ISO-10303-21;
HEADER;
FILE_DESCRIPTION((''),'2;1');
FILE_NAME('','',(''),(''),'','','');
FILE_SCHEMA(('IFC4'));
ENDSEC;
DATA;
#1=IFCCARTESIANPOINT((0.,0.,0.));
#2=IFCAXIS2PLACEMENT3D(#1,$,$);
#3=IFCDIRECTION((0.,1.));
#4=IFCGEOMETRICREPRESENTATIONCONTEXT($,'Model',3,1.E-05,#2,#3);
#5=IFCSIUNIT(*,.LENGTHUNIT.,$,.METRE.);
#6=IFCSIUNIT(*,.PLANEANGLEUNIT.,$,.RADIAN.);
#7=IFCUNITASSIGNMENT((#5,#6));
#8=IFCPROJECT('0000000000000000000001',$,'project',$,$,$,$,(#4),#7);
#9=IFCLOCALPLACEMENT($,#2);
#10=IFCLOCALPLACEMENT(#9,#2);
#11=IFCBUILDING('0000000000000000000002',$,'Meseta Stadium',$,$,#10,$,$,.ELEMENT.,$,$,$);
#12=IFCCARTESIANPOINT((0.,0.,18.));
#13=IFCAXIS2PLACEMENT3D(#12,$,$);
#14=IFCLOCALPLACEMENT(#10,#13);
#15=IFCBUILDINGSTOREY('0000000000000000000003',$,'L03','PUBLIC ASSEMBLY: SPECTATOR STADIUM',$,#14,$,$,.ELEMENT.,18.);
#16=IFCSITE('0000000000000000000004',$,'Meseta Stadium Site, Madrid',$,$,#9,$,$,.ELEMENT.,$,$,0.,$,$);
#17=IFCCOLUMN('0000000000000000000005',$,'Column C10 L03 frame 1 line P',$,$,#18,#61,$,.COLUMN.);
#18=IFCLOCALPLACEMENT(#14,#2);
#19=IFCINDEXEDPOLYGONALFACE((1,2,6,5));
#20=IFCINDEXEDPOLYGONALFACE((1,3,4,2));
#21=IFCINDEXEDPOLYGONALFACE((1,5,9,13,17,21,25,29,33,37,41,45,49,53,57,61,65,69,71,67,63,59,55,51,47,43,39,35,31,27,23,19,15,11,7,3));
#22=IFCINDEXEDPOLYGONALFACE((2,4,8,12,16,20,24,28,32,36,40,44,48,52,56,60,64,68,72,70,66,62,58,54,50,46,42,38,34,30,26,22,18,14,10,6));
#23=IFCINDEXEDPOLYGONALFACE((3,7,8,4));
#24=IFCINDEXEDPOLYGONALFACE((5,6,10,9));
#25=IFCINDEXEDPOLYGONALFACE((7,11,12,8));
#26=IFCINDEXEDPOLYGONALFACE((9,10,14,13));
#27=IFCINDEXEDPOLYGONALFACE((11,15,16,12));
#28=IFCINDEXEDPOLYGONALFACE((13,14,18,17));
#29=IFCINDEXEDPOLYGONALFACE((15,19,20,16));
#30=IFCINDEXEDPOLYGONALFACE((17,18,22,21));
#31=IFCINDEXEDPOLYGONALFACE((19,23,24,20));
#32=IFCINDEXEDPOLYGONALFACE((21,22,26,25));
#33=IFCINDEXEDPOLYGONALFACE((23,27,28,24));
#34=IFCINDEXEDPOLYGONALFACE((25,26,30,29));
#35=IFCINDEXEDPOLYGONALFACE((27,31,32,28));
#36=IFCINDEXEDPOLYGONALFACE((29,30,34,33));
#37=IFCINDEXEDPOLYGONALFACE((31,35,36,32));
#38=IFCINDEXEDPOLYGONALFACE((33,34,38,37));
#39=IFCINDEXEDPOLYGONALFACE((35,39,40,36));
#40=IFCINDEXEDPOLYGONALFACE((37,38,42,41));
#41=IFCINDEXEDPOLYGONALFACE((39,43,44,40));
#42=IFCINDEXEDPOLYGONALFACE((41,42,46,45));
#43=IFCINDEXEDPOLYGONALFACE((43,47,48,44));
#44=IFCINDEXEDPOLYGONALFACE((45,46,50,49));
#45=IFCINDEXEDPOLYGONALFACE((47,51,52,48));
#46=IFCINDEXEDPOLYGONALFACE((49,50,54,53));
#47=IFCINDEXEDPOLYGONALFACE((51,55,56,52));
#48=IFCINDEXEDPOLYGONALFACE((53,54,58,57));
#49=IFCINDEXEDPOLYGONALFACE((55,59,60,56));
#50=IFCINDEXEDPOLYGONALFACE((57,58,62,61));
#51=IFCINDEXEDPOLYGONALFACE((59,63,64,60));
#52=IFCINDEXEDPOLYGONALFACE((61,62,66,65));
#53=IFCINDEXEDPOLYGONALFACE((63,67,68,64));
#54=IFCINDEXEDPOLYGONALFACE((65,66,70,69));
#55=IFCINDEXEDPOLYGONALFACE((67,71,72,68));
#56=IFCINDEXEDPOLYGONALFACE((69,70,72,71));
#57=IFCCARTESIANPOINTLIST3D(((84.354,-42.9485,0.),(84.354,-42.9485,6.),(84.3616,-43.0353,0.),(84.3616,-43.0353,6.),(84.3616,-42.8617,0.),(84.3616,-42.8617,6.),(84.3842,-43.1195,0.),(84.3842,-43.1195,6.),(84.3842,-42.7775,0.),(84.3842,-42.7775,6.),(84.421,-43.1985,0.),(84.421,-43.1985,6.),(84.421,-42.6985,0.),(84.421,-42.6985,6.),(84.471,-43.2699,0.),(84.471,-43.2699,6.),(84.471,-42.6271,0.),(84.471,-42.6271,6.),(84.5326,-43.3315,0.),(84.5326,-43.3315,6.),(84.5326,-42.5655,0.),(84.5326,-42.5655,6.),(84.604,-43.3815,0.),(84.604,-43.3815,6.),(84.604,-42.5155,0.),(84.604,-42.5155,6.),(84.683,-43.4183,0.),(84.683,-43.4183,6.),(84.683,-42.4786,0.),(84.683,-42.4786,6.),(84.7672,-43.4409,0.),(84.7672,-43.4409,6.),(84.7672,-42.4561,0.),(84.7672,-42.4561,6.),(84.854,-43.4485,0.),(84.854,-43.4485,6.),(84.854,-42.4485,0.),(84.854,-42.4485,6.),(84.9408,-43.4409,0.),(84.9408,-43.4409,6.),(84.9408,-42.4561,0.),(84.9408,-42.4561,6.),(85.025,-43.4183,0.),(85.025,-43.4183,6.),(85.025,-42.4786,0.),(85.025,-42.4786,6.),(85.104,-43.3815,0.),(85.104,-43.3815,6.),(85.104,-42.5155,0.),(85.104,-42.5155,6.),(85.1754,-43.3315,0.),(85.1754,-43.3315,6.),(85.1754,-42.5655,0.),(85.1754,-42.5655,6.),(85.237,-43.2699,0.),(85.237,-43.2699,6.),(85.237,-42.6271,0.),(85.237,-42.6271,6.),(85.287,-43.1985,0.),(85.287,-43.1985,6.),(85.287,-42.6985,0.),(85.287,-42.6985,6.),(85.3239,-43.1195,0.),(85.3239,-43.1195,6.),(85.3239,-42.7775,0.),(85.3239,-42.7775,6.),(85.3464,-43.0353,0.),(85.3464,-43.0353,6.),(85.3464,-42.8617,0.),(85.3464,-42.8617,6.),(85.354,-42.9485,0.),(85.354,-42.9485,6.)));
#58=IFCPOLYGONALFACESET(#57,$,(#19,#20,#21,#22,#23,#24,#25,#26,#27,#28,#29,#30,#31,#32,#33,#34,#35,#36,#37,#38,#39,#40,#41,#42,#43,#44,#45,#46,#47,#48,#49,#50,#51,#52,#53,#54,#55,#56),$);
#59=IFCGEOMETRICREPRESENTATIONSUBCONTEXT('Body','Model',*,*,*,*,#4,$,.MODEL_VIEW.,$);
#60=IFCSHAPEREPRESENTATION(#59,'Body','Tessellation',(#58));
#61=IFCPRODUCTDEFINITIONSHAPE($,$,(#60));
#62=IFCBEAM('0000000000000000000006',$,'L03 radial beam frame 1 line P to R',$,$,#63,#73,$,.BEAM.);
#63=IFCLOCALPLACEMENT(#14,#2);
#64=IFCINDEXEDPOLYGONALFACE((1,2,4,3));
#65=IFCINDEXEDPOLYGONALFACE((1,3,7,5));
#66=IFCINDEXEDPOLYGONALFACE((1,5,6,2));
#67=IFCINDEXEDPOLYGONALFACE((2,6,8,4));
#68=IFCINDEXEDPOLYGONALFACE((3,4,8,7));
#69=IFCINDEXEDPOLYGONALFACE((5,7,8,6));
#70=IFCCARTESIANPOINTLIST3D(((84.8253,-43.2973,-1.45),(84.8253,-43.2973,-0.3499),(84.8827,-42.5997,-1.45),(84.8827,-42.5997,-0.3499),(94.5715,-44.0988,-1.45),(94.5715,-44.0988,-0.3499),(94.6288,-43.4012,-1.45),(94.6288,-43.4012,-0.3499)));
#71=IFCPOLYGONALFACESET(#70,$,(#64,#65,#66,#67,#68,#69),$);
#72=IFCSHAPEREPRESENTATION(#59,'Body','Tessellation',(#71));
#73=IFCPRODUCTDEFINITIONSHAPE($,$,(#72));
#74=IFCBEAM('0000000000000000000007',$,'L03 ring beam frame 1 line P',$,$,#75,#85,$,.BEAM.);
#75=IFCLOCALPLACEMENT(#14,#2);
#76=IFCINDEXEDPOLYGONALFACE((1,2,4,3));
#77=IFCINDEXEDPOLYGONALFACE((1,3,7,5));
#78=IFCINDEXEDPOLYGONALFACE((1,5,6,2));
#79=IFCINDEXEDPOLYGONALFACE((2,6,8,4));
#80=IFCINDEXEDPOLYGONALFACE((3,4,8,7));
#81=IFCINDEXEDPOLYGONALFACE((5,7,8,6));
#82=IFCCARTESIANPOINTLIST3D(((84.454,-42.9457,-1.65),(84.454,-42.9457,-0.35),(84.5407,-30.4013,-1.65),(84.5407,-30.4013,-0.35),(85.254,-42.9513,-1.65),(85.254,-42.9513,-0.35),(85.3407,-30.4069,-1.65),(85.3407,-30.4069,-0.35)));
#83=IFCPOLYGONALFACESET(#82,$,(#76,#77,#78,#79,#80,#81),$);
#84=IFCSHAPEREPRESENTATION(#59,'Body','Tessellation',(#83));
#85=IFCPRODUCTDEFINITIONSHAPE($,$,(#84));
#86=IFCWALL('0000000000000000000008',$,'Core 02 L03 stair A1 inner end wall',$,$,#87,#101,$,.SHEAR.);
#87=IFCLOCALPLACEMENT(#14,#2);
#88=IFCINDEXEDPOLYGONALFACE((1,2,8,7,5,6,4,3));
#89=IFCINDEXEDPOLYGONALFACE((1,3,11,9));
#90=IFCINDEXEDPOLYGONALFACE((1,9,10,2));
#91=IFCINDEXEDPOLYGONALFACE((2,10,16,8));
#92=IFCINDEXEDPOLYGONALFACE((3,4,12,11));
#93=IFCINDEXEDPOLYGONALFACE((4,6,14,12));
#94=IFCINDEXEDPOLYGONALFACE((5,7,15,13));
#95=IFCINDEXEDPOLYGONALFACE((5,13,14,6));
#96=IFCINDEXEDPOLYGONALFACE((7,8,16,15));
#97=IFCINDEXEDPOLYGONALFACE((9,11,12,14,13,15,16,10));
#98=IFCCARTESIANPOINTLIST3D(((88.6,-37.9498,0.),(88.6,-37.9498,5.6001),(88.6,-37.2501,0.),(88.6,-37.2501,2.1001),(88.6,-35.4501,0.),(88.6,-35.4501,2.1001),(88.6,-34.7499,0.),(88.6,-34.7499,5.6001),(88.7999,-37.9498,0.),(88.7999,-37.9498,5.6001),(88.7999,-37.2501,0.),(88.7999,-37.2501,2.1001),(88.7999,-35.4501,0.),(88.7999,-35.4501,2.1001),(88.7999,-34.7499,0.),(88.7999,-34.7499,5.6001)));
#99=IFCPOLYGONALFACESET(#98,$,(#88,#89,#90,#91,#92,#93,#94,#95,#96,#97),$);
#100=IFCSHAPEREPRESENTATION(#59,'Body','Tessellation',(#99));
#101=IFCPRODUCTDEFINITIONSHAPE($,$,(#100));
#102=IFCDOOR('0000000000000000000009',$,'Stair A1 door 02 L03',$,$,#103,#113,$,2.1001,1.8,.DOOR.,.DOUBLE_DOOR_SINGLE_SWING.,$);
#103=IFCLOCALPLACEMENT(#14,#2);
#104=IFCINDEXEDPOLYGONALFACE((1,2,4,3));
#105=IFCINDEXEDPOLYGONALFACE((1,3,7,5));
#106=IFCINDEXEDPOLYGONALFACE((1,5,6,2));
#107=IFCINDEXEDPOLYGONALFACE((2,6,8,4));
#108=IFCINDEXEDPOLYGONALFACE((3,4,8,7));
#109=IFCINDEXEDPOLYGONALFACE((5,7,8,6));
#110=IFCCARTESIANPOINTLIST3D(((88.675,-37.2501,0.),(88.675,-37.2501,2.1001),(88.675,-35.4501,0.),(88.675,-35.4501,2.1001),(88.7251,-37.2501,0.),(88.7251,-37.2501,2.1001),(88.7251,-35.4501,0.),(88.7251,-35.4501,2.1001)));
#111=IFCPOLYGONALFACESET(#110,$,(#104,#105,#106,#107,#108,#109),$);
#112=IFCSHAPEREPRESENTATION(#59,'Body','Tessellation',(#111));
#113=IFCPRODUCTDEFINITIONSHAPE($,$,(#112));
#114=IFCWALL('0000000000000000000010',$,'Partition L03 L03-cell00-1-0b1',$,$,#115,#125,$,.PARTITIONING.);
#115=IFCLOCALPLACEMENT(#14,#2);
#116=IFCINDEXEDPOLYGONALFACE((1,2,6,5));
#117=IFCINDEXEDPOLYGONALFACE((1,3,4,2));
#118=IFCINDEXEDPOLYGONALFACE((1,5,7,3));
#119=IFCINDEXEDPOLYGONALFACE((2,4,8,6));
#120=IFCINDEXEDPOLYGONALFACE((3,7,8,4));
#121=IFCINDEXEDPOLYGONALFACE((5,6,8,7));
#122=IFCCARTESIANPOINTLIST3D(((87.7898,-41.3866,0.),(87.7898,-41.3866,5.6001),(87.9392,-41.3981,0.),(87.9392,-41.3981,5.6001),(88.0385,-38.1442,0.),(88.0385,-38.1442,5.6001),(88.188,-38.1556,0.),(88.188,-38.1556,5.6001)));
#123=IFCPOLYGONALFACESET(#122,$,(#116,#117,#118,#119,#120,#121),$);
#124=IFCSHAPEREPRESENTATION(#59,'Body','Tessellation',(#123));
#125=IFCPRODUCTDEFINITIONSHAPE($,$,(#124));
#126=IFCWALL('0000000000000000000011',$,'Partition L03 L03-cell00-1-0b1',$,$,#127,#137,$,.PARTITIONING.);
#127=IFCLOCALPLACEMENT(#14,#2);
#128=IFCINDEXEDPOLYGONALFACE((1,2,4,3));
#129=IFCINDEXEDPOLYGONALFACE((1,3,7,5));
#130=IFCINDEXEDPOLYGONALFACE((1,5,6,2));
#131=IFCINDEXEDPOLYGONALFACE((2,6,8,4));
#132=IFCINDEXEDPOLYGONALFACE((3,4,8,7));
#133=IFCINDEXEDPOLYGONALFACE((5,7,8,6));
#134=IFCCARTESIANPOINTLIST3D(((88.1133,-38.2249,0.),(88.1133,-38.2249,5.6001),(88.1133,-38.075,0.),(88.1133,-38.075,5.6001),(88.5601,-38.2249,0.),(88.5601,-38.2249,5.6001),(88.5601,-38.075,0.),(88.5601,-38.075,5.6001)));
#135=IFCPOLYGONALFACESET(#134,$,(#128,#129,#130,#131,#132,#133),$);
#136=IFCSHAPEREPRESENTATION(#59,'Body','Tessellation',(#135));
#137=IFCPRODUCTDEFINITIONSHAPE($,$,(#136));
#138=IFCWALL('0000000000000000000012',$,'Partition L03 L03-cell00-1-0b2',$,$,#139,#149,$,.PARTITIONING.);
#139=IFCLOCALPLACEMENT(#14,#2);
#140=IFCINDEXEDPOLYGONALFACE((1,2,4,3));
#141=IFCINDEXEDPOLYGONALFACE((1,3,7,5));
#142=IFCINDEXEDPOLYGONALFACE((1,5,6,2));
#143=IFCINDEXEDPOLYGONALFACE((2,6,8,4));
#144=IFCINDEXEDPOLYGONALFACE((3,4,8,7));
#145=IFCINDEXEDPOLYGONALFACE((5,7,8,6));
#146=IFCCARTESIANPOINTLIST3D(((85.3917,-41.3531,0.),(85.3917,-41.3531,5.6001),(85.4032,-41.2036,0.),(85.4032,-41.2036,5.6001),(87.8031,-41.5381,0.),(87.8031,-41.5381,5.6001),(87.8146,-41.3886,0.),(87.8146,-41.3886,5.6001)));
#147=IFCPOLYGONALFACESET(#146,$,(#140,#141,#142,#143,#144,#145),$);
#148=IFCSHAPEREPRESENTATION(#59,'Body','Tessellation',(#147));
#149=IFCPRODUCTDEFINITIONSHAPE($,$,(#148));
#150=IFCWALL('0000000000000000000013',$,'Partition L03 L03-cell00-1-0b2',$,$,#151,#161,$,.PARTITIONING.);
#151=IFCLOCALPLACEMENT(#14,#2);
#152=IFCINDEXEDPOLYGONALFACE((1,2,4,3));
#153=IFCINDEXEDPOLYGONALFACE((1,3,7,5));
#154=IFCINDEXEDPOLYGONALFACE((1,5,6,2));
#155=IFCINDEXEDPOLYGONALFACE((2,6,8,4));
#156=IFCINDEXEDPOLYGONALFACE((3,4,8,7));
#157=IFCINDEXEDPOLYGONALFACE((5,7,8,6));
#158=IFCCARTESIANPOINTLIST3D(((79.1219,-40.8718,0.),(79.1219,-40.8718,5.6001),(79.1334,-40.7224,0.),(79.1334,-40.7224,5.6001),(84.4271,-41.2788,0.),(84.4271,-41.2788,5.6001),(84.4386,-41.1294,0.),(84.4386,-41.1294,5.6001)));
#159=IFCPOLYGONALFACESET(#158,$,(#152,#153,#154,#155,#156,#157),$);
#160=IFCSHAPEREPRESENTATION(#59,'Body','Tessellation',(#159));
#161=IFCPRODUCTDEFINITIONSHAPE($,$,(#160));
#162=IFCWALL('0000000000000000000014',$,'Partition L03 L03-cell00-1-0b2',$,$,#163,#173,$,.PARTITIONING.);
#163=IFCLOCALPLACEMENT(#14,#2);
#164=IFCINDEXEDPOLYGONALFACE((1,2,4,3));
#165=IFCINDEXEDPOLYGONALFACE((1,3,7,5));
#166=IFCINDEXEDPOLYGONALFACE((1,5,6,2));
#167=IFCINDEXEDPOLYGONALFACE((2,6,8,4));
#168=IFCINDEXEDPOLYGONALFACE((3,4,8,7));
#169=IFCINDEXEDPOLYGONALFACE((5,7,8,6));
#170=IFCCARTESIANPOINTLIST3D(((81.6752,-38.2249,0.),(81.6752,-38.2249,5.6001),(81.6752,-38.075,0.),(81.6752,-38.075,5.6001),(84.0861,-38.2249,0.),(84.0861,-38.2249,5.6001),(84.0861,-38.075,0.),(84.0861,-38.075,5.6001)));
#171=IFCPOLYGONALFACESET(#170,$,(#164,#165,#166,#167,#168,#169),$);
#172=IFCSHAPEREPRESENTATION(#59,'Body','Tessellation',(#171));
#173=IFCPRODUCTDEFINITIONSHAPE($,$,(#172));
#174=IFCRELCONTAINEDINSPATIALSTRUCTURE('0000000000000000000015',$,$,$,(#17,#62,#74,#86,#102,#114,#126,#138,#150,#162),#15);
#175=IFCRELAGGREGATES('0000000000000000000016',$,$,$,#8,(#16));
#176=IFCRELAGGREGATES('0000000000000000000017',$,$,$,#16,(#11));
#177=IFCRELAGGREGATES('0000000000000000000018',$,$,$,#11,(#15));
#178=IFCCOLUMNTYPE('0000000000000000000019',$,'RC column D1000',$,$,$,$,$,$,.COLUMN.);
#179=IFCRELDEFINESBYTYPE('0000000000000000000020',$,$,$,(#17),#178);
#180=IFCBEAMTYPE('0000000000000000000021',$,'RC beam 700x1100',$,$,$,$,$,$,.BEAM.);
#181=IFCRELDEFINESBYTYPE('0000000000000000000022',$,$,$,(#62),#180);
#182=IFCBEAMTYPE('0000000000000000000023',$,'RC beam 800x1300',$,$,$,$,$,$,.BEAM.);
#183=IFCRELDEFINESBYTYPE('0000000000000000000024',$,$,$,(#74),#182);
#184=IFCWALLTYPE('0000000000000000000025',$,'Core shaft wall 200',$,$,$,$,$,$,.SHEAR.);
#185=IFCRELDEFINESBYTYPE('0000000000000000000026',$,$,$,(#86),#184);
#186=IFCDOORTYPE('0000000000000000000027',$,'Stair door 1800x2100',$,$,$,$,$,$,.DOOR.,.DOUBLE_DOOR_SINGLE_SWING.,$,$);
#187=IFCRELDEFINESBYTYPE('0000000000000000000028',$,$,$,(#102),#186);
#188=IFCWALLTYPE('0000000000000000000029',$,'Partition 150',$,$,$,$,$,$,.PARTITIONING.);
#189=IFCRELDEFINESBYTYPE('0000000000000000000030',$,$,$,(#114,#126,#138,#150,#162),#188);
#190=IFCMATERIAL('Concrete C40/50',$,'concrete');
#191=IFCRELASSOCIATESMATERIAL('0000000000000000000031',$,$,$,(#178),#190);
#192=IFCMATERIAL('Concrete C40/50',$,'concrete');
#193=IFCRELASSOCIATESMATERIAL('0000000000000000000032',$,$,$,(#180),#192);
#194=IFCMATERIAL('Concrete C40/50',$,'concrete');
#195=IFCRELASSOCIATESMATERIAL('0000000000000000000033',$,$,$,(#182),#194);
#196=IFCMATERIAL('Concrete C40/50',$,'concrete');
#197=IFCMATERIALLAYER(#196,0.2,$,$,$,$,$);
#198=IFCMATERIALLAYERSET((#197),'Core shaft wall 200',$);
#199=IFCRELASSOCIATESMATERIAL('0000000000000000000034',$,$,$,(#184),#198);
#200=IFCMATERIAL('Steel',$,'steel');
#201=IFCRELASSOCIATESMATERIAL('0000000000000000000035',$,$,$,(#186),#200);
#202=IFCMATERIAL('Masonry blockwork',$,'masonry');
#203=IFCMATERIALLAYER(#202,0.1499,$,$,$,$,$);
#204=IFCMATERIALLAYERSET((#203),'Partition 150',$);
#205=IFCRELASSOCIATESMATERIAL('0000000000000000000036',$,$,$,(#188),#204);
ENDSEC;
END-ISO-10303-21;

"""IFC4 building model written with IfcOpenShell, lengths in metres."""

from ifc_helpers import new_model, si_unit, direction, frame, frame_2d, origin, origin_2d, place, context, subcontext, project, spatial, rectangle, circle, extrude, material, layer, layer_set, material_profile, profile_set, type_object, element, fill, save


model = new_model("IFC4")

# Units and contexts
model_context = context("Model", 3, precision=1e-05, world=origin(), true_north=direction((0.0, 1.0)))
body_context = subcontext(model_context, "Body", "Model", "MODEL_VIEW")
ifc_project = project(units=[si_unit("LENGTHUNIT", "METRE"), si_unit("PLANEANGLEUNIT", "RADIAN")], contexts=[model_context])

# Site, building, storey
site_placement = place(None, origin())
site = spatial("IfcSite", under=ifc_project, at=site_placement, Name="Meseta Stadium Site, Madrid", CompositionType="ELEMENT", RefElevation=0.0)
building_placement = place(site_placement, origin())
building = spatial("IfcBuilding", under=site, at=building_placement, Name="Meseta Stadium", CompositionType="ELEMENT")
storey_placement = place(building_placement, frame((0.0, 0.0, 18.0)))
storey = spatial("IfcBuildingStorey", under=building, at=storey_placement, Name="L03", Description="PUBLIC ASSEMBLY: SPECTATOR STADIUM", CompositionType="ELEMENT", Elevation=18.0)

# Column
ifc_material_1 = material(Name="Concrete C40/50", Category="concrete")
ifc_material_profile_1 = material_profile(ifc_material_1, circle(Radius=0.5, at=origin_2d()), Name="RC D1000")
ifc_profile_set_1 = profile_set([ifc_material_profile_1], Name="Concrete C40/50")
column_type = type_object("IfcColumnType", Name="RC column D1000", PredefinedType="COLUMN", material=ifc_profile_set_1)
column_placement = place(storey_placement, frame((84.854, -42.9485, 0.0), z_axis=(0.0, 0.0, 1.0), x_axis=(1.0, 0.0, 0.0)))
element("IfcColumn", 1, at=column_placement, inside=storey, type_object=column_type, Name="Column C10 L03 frame 1 line P", PredefinedType="COLUMN", context=body_context, shape_type="SweptSolid", body=[
    extrude(circle(Radius=0.5, at=origin_2d()), origin(), (0.0, 0.0, 1.0), 6.0),
])

# Beams
ifc_material_2 = material(Name="Concrete C40/50", Category="concrete")
ifc_material_profile_2 = material_profile(ifc_material_2, rectangle(XDim=0.7, YDim=1.1001, at=origin_2d()), Name="RC 700x1100")
ifc_profile_set_2 = profile_set([ifc_material_profile_2], Name="Concrete C40/50")
beam_type_1 = type_object("IfcBeamType", Name="RC beam 700x1100", PredefinedType="BEAM", material=ifc_profile_set_2)
beam_1_placement = place(storey_placement, frame((84.854, -42.9485, -0.8999), z_axis=(0.996635, -0.081963, 0.0), x_axis=(0.081963, 0.996635, 0.0)))
element("IfcBeam", 2, at=beam_1_placement, inside=storey, type_object=beam_type_1, Name="L03 radial beam frame 1 line P to R", PredefinedType="BEAM", context=body_context, shape_type="SweptSolid", body=[
    extrude(rectangle(XDim=0.7, YDim=1.1001, at=origin_2d()), origin(), (0.0, 0.0, 1.0), 9.7791),
])
ifc_material_3 = material(Name="Concrete C40/50", Category="concrete")
ifc_material_profile_3 = material_profile(ifc_material_3, rectangle(XDim=0.8, YDim=1.3, at=origin_2d()), Name="RC 800x1300")
ifc_profile_set_3 = profile_set([ifc_material_profile_3], Name="Concrete C40/50")
beam_type_2 = type_object("IfcBeamType", Name="RC beam 800x1300", PredefinedType="BEAM", material=ifc_profile_set_3)
beam_2_placement = place(storey_placement, frame((84.854, -42.9485, -1.0), z_axis=(0.006909, 0.999976, 0.0), x_axis=(-0.999976, 0.006909, 0.0)))
element("IfcBeam", 3, at=beam_2_placement, inside=storey, type_object=beam_type_2, Name="L03 ring beam frame 1 line P", PredefinedType="BEAM", context=body_context, shape_type="SweptSolid", body=[
    extrude(rectangle(XDim=0.8, YDim=1.3, at=origin_2d()), origin(), (0.0, 0.0, 1.0), 12.5447),
])

# Wall, opening, door
ifc_material_4 = material(Name="Concrete C40/50", Category="concrete")
ifc_layer_1 = layer(ifc_material_4, 0.2)
ifc_layer_set_1 = layer_set([ifc_layer_1], Name="Core shaft wall 200")
wall_type_1 = type_object("IfcWallType", Name="Core shaft wall 200", PredefinedType="SHEAR", material=ifc_layer_set_1)
wall_1_placement = place(storey_placement, frame((88.7, -37.95, 0.0), z_axis=(0.0, 0.0, 1.0), x_axis=(0.0, 1.0, 0.0)))
wall_1 = element("IfcWall", 4, at=wall_1_placement, inside=storey, type_object=wall_type_1, Name="Core 02 L03 stair A1 inner end wall", PredefinedType="SHEAR", context=body_context, shape_type="SweptSolid", body=[
    extrude(rectangle(XDim=3.2, YDim=0.2, at=frame_2d((1.6001, 0.0))), origin(), (0.0, 0.0, 1.0), 5.6001),
])
opening_placement = place(wall_1_placement, frame((0.7, 0.0, 0.0)))
opening = element("IfcOpeningElement", 5, at=opening_placement, cuts=wall_1, PredefinedType="OPENING", context=body_context, shape_type="SweptSolid", body=[
    extrude(rectangle(XDim=1.8, YDim=2.1001, at=frame_2d((0.8999, 1.05))), frame((0.0, 0.1099, 0.0), z_axis=(0.0, -1.0, 0.0), x_axis=(1.0, 0.0, 0.0)), (0.0, 0.0, 1.0), 0.22),
])
ifc_material_5 = material(Name="Steel", Category="steel")
door_type = type_object("IfcDoorType", Name="Stair door 1800x2100", OperationType="DOUBLE_DOOR_SINGLE_SWING", PredefinedType="DOOR", material=ifc_material_5)
door_placement = place(opening_placement, origin())
door = element("IfcDoor", 6, at=door_placement, inside=storey, type_object=door_type, Name="Stair A1 door 02 L03", OperationType="DOUBLE_DOOR_SINGLE_SWING", OverallHeight=2.1001, OverallWidth=1.8, PredefinedType="DOOR", context=body_context, shape_type="SweptSolid", body=[
    extrude(rectangle(XDim=1.8, YDim=2.1001, at=frame_2d((0.8999, 1.05))), frame((0.0, 0.0249, 0.0), z_axis=(0.0, -1.0, 0.0), x_axis=(1.0, 0.0, 0.0)), (0.0, 0.0, 1.0), 0.05),
])
fill(opening, door)

# Walls
ifc_material_6 = material(Name="Masonry blockwork", Category="masonry")
ifc_layer_2 = layer(ifc_material_6, 0.1499)
ifc_layer_set_2 = layer_set([ifc_layer_2], Name="Partition 150")
wall_type_2 = type_object("IfcWallType", Name="Partition 150", PredefinedType="PARTITIONING", material=ifc_layer_set_2)
wall_2_placement = place(storey_placement, frame((87.8645, -41.3923, 0.0), z_axis=(0.0, 0.0, 1.0), x_axis=(0.076501, 0.997069, 0.0)))
element("IfcWall", 7, at=wall_2_placement, inside=storey, type_object=wall_type_2, Name="Partition L03 L03-cell00-1-0b1", PredefinedType="PARTITIONING", context=body_context, shape_type="SweptSolid", body=[
    extrude(rectangle(XDim=3.252, YDim=0.1499, at=frame_2d((1.626, 0.0))), origin(), (0.0, 0.0, 1.0), 5.6001),
])
wall_3_placement = place(storey_placement, frame((88.1133, -38.1499, 0.0), z_axis=(0.0, 0.0, 1.0), x_axis=(1.0, 0.0, 0.0)))
element("IfcWall", 8, at=wall_3_placement, inside=storey, type_object=wall_type_2, Name="Partition L03 L03-cell00-1-0b1", PredefinedType="PARTITIONING", context=body_context, shape_type="SweptSolid", body=[
    extrude(rectangle(XDim=0.4468, YDim=0.1499, at=frame_2d((0.2234, 0.0))), origin(), (0.0, 0.0, 1.0), 5.6001),
])
wall_4_placement = place(storey_placement, frame((87.8088, -41.4634, 0.0), z_axis=(0.0, 0.0, 1.0), x_axis=(-0.997068, 0.076519, 0.0)))
element("IfcWall", 9, at=wall_4_placement, inside=storey, type_object=wall_type_2, Name="Partition L03 L03-cell00-1-0b2", PredefinedType="PARTITIONING", context=body_context, shape_type="SweptSolid", body=[
    extrude(rectangle(XDim=2.4185, YDim=0.1499, at=frame_2d((1.2092, 0.0))), origin(), (0.0, 0.0, 1.0), 5.6001),
])
wall_5_placement = place(storey_placement, frame((84.4329, -41.2041, 0.0), z_axis=(0.0, 0.0, 1.0), x_axis=(-0.99707, 0.076489, 0.0)))
element("IfcWall", 10, at=wall_5_placement, inside=storey, type_object=wall_type_2, Name="Partition L03 L03-cell00-1-0b2", PredefinedType="PARTITIONING", context=body_context, shape_type="SweptSolid", body=[
    extrude(rectangle(XDim=5.3208, YDim=0.1499, at=frame_2d((2.6604, 0.0))), origin(), (0.0, 0.0, 1.0), 5.6001),
])
wall_6_placement = place(storey_placement, frame((81.675, -38.1499, 0.0), z_axis=(0.0, 0.0, 1.0), x_axis=(1.0, 0.0, 0.0)))
element("IfcWall", 11, at=wall_6_placement, inside=storey, type_object=wall_type_2, Name="Partition L03 L03-cell00-1-0b2", PredefinedType="PARTITIONING", context=body_context, shape_type="SweptSolid", body=[
    extrude(rectangle(XDim=2.4109, YDim=0.1499, at=frame_2d((1.2056, 0.0))), origin(), (0.0, 0.0, 1.0), 5.6001),
])

save(model, "model.ifc")
